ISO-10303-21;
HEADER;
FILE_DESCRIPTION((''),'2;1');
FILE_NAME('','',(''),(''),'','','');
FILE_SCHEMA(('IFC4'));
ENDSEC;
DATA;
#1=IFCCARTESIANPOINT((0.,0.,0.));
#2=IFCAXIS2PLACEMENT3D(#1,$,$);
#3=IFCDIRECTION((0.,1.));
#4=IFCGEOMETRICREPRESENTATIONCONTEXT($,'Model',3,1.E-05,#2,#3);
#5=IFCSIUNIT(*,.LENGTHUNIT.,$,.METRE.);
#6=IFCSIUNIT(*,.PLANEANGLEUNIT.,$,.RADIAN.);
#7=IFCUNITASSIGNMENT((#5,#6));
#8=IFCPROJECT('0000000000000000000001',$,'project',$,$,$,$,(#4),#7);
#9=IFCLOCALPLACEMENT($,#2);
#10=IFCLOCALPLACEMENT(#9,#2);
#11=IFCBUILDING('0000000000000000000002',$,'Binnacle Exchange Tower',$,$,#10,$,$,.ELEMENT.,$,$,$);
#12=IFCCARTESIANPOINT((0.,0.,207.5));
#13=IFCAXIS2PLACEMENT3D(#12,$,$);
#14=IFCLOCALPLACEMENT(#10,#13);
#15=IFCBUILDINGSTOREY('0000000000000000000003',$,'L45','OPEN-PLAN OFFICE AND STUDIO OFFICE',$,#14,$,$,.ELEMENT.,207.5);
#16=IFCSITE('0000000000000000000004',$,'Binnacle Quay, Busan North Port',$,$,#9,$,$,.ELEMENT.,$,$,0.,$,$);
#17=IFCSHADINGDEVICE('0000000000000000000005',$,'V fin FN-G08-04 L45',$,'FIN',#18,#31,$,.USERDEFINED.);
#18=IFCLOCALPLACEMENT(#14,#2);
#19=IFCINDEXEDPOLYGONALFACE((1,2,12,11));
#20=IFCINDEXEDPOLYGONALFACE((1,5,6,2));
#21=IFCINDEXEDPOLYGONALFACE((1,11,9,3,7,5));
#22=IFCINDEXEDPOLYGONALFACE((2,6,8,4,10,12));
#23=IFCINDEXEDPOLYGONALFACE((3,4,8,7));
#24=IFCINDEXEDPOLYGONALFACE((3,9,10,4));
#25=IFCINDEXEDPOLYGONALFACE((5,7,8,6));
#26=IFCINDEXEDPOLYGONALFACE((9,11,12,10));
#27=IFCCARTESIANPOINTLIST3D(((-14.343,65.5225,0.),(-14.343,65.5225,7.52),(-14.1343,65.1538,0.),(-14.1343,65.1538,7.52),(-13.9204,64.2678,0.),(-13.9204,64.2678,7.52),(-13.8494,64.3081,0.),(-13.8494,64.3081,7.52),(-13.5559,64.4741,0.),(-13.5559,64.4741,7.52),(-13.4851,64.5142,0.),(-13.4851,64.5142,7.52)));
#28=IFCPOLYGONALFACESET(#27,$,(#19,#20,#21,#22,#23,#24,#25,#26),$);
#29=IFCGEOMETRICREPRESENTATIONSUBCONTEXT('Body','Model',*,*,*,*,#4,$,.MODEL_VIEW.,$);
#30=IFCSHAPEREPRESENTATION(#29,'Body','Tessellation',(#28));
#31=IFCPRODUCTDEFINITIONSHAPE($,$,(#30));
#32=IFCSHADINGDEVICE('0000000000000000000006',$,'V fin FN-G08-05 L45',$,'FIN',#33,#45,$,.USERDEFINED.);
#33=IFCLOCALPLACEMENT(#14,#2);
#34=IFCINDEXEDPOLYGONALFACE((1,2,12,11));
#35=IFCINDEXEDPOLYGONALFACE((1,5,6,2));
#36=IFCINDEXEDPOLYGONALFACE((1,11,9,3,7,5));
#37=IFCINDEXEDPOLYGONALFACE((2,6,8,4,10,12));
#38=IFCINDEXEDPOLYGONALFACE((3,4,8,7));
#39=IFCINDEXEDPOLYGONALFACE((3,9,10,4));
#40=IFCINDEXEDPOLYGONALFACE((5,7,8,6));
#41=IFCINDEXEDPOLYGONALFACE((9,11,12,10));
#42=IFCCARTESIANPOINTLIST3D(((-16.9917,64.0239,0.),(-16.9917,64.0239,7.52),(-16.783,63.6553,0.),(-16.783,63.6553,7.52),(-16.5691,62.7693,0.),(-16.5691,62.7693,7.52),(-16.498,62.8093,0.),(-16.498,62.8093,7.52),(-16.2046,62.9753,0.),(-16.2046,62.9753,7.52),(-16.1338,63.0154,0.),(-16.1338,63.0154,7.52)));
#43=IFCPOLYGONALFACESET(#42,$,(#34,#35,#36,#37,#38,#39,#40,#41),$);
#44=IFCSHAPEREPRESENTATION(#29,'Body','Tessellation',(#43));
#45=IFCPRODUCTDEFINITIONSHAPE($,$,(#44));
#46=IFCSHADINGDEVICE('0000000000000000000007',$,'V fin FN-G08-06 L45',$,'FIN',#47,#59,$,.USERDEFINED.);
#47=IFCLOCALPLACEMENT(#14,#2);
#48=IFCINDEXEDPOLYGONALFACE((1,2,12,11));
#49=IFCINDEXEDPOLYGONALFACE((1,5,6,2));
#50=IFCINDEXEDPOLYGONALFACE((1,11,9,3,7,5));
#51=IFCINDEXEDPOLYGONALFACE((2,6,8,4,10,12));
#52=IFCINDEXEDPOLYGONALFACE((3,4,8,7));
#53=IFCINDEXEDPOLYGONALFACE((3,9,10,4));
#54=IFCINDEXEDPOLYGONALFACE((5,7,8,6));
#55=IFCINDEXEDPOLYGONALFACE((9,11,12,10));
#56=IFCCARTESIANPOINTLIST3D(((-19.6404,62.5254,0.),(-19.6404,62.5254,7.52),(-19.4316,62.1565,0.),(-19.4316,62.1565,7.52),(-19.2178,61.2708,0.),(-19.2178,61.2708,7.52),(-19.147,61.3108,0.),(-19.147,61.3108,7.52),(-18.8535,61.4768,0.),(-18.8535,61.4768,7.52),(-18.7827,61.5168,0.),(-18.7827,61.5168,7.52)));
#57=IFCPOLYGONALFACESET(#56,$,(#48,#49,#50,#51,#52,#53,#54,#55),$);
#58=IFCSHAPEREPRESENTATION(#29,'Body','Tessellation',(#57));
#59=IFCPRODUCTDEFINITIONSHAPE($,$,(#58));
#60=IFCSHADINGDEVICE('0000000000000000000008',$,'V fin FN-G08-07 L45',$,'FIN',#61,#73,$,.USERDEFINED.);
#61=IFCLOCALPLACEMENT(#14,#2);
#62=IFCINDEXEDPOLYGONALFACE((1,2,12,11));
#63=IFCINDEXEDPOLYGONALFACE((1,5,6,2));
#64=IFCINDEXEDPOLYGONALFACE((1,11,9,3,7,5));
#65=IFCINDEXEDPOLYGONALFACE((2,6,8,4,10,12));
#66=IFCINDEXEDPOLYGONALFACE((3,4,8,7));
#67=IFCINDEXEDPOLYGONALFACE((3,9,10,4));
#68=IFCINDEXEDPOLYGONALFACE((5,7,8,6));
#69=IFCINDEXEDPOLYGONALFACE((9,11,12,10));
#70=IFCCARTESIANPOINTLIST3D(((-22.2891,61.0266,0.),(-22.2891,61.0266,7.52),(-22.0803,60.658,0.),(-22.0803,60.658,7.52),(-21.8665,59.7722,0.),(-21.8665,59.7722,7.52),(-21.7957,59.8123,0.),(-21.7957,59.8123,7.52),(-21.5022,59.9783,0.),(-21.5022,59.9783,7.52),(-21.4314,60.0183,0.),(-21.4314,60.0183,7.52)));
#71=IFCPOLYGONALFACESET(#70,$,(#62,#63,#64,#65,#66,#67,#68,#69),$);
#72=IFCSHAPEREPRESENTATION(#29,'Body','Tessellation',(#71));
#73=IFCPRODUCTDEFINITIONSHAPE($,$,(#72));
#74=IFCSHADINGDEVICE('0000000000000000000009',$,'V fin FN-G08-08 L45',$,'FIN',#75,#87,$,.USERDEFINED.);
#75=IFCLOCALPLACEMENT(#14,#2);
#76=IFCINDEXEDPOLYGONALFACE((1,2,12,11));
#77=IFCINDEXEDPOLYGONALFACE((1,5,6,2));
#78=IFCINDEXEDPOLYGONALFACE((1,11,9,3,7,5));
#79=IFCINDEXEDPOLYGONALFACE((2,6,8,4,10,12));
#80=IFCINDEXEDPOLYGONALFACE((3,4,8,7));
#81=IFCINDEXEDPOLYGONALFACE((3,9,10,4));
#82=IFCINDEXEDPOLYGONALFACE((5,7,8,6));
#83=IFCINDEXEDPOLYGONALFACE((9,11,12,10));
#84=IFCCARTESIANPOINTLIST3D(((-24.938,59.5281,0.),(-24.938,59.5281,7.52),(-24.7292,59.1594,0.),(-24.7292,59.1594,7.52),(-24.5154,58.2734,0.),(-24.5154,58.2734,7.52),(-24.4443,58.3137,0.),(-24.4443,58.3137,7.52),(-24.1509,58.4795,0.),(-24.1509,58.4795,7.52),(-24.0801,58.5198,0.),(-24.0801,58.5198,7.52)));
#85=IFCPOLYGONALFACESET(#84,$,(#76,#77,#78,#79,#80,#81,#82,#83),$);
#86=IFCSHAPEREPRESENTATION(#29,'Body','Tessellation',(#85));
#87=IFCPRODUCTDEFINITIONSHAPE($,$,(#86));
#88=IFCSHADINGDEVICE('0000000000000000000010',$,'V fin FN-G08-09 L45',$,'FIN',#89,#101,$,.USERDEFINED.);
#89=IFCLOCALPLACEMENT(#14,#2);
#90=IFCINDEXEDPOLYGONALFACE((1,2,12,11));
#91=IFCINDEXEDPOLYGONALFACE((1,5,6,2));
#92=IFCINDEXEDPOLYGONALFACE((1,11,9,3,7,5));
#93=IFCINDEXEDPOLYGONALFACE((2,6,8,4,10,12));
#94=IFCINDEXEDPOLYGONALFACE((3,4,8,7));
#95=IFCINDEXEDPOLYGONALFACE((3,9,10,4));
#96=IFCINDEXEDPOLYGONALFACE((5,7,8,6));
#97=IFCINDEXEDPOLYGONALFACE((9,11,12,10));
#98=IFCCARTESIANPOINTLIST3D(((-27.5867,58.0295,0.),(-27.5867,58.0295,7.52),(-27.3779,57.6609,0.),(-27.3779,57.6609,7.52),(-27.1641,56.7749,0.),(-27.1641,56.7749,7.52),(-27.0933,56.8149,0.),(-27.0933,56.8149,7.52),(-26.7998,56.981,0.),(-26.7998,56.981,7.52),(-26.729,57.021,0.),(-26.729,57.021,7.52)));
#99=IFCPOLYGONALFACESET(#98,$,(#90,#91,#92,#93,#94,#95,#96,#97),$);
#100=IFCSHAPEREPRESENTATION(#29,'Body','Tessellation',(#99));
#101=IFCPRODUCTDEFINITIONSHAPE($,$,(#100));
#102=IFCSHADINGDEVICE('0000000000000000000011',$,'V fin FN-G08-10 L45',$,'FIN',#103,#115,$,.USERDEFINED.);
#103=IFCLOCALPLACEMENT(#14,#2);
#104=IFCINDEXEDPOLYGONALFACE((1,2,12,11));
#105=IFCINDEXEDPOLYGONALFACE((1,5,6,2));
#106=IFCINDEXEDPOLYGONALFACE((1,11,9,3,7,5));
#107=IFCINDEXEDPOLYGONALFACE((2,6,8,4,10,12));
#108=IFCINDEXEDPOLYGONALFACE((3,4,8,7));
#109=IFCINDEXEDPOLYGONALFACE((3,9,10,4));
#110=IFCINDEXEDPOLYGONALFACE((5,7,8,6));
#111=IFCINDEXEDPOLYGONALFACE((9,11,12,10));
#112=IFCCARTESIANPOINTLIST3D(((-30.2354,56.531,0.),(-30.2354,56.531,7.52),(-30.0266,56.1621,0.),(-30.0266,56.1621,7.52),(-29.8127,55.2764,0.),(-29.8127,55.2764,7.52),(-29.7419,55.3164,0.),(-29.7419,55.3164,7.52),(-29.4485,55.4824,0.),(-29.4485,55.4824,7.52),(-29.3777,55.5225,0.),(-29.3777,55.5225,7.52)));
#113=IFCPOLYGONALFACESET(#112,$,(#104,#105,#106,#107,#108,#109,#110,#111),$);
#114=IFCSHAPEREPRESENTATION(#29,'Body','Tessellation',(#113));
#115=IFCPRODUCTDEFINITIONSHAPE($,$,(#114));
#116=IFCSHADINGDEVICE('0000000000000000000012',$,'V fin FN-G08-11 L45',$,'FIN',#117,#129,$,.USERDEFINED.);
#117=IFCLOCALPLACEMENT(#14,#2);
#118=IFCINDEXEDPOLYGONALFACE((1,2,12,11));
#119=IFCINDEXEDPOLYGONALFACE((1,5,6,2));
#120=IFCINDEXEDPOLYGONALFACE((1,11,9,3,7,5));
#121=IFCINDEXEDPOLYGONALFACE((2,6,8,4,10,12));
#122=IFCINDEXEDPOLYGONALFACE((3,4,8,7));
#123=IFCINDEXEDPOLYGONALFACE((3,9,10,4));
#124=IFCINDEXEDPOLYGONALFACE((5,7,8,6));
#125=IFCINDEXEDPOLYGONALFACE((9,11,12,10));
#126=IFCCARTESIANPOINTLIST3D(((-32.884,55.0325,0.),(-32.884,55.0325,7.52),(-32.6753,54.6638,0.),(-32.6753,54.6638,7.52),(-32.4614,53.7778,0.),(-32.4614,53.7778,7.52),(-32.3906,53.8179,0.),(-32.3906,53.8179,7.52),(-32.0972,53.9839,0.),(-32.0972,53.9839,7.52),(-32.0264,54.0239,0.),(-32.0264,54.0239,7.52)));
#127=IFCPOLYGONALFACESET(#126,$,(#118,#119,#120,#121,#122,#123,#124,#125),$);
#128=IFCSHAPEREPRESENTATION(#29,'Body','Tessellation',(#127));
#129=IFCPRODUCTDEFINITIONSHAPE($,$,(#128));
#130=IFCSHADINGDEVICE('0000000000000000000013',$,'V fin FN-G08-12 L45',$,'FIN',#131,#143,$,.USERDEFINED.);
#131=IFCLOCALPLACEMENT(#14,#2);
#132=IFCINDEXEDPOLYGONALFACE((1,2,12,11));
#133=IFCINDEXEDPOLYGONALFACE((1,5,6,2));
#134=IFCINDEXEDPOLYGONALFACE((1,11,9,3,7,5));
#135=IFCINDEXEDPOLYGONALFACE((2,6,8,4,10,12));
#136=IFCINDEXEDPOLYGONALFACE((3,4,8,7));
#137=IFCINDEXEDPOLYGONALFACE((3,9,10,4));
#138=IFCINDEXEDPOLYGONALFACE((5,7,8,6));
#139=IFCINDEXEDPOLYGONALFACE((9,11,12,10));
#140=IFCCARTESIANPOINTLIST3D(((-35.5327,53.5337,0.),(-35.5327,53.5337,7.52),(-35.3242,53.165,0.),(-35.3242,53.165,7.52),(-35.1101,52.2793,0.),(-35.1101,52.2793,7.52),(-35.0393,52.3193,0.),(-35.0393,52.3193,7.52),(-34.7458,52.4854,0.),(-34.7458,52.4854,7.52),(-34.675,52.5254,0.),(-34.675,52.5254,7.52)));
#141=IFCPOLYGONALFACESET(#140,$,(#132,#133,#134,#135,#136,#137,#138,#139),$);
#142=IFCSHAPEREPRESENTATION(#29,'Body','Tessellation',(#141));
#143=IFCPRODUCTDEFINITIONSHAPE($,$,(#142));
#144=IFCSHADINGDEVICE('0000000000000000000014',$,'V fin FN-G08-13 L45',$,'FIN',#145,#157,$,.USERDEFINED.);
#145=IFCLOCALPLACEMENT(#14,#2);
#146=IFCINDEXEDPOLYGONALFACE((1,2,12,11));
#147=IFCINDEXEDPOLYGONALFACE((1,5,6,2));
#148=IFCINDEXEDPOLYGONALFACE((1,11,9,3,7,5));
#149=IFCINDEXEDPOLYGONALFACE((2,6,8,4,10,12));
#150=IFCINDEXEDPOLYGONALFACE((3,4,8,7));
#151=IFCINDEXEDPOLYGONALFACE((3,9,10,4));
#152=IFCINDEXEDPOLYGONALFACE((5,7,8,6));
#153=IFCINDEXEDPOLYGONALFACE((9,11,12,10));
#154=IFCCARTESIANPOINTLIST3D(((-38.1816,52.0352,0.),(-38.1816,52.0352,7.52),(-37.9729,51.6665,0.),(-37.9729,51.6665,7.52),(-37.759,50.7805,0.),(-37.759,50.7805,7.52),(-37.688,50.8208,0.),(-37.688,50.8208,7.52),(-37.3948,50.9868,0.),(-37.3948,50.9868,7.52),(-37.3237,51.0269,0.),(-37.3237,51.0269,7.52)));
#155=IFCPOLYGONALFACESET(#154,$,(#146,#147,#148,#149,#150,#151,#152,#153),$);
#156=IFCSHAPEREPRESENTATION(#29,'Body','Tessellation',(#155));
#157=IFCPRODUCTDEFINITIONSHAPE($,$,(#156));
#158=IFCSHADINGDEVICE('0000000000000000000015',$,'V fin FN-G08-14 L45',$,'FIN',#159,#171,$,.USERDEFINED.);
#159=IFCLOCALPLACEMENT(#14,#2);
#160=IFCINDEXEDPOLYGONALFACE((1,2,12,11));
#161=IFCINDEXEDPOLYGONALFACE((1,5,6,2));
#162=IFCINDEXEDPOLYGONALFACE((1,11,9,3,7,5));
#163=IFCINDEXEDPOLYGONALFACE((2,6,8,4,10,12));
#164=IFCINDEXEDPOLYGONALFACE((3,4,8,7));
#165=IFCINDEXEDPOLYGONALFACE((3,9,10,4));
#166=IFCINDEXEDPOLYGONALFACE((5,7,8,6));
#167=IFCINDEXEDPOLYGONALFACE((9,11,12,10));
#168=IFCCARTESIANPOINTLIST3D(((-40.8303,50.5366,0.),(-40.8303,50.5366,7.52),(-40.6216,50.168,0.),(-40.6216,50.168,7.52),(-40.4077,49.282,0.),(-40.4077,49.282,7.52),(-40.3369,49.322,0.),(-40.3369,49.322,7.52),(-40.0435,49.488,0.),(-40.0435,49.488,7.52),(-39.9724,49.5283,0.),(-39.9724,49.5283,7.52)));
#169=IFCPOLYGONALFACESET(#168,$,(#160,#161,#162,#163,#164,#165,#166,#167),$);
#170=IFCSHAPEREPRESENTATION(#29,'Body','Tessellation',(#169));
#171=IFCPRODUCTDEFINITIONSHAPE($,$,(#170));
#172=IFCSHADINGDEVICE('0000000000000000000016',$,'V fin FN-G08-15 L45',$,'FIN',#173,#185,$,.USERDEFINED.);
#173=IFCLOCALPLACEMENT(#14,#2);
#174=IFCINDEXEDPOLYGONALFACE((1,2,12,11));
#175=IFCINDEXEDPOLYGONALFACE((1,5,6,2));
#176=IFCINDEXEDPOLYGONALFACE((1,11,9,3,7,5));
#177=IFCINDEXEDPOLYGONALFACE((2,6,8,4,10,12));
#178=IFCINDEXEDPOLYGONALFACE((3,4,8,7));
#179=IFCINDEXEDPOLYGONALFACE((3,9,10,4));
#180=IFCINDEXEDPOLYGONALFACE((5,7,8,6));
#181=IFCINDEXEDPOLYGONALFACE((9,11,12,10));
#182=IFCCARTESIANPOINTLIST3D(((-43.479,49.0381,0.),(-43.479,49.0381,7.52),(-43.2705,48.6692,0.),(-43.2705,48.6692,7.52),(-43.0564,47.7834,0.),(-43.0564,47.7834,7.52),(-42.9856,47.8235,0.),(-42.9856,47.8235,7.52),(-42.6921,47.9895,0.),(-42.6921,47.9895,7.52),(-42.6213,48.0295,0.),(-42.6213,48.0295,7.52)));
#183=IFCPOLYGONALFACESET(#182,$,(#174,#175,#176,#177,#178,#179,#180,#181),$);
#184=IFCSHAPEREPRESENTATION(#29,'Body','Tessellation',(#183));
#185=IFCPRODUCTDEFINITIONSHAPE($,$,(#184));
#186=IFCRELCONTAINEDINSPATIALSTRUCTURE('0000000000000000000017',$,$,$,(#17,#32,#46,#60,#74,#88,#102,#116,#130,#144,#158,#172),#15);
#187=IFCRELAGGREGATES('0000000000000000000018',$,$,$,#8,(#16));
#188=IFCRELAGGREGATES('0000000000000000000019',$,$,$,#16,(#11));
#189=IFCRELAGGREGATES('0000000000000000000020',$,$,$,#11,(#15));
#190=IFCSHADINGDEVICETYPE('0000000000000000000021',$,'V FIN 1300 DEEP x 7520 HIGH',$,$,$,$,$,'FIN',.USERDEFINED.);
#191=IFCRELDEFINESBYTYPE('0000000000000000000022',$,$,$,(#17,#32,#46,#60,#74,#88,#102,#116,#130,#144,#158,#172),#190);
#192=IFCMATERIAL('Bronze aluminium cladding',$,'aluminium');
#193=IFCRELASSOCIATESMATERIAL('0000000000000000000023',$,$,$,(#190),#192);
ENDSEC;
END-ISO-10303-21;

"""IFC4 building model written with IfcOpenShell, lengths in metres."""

from ifc_helpers import new_model, si_unit, direction, frame, origin, place, context, subcontext, project, spatial, polyline, outline, extrude, material, type_object, element, save


model = new_model("IFC4")

# Units and contexts
model_context = context("Model", 3, precision=1e-05, world=origin(), true_north=direction((0.0, 1.0)))
body_context = subcontext(model_context, "Body", "Model", "MODEL_VIEW")
ifc_project = project(units=[si_unit("LENGTHUNIT", "METRE"), si_unit("PLANEANGLEUNIT", "RADIAN")], contexts=[model_context])

# Site, building, storey
site_placement = place(None, origin())
site = spatial("IfcSite", under=ifc_project, at=site_placement, Name="Binnacle Quay, Busan North Port", CompositionType="ELEMENT", RefElevation=0.0)
building_placement = place(site_placement, origin())
building = spatial("IfcBuilding", under=site, at=building_placement, Name="Binnacle Exchange Tower", CompositionType="ELEMENT")
storey_placement = place(building_placement, frame((0.0, 0.0, 207.5)))
storey = spatial("IfcBuildingStorey", under=building, at=storey_placement, Name="L45", Description="OPEN-PLAN OFFICE AND STUDIO OFFICE", CompositionType="ELEMENT", Elevation=207.5)

# Shading devices
ifc_material_1 = material(Name="Bronze aluminium cladding", Category="aluminium")
shading_device_type = type_object("IfcShadingDeviceType", Name="V FIN 1300 DEEP x 7520 HIGH", ElementType="FIN", PredefinedType="USERDEFINED", material=ifc_material_1)
shading_device_1_placement = place(storey_placement, origin())
element("IfcShadingDevice", 1, at=shading_device_1_placement, inside=storey, type_object=shading_device_type, Name="V fin FN-G08-04 L45", ObjectType="FIN", PredefinedType="USERDEFINED", context=body_context, shape_type="SweptSolid", body=[
    extrude(outline(polyline([(-13.4851, 64.5142), (-14.343, 65.5225), (-13.9204, 64.2678), (-13.8494, 64.3081), (-14.1343, 65.1538), (-13.5559, 64.4741), (-13.4851, 64.5142)])), origin(), (0.0, 0.0, 1.0), 7.52),
])
shading_device_2_placement = place(storey_placement, origin())
element("IfcShadingDevice", 2, at=shading_device_2_placement, inside=storey, type_object=shading_device_type, Name="V fin FN-G08-05 L45", ObjectType="FIN", PredefinedType="USERDEFINED", context=body_context, shape_type="SweptSolid", body=[
    extrude(outline(polyline([(-16.1338, 63.0154), (-16.9917, 64.0239), (-16.5691, 62.7693), (-16.498, 62.8093), (-16.783, 63.6553), (-16.2046, 62.9753), (-16.1338, 63.0154)])), origin(), (0.0, 0.0, 1.0), 7.52),
])
shading_device_3_placement = place(storey_placement, origin())
element("IfcShadingDevice", 3, at=shading_device_3_placement, inside=storey, type_object=shading_device_type, Name="V fin FN-G08-06 L45", ObjectType="FIN", PredefinedType="USERDEFINED", context=body_context, shape_type="SweptSolid", body=[
    extrude(outline(polyline([(-18.7827, 61.5168), (-19.6404, 62.5254), (-19.2178, 61.2708), (-19.147, 61.3108), (-19.4316, 62.1565), (-18.8535, 61.4768), (-18.7827, 61.5168)])), origin(), (0.0, 0.0, 1.0), 7.52),
])
shading_device_4_placement = place(storey_placement, origin())
element("IfcShadingDevice", 4, at=shading_device_4_placement, inside=storey, type_object=shading_device_type, Name="V fin FN-G08-07 L45", ObjectType="FIN", PredefinedType="USERDEFINED", context=body_context, shape_type="SweptSolid", body=[
    extrude(outline(polyline([(-21.4314, 60.0183), (-22.2891, 61.0266), (-21.8665, 59.7722), (-21.7957, 59.8123), (-22.0803, 60.658), (-21.5022, 59.9783), (-21.4314, 60.0183)])), origin(), (0.0, 0.0, 1.0), 7.52),
])
shading_device_5_placement = place(storey_placement, origin())
element("IfcShadingDevice", 5, at=shading_device_5_placement, inside=storey, type_object=shading_device_type, Name="V fin FN-G08-08 L45", ObjectType="FIN", PredefinedType="USERDEFINED", context=body_context, shape_type="SweptSolid", body=[
    extrude(outline(polyline([(-24.0801, 58.5198), (-24.938, 59.5281), (-24.5154, 58.2734), (-24.4443, 58.3137), (-24.7292, 59.1594), (-24.1509, 58.4795), (-24.0801, 58.5198)])), origin(), (0.0, 0.0, 1.0), 7.52),
])
shading_device_6_placement = place(storey_placement, origin())
element("IfcShadingDevice", 6, at=shading_device_6_placement, inside=storey, type_object=shading_device_type, Name="V fin FN-G08-09 L45", ObjectType="FIN", PredefinedType="USERDEFINED", context=body_context, shape_type="SweptSolid", body=[
    extrude(outline(polyline([(-26.729, 57.021), (-27.5867, 58.0295), (-27.1641, 56.7749), (-27.0933, 56.8149), (-27.3779, 57.6609), (-26.7998, 56.981), (-26.729, 57.021)])), origin(), (0.0, 0.0, 1.0), 7.52),
])
shading_device_7_placement = place(storey_placement, origin())
element("IfcShadingDevice", 7, at=shading_device_7_placement, inside=storey, type_object=shading_device_type, Name="V fin FN-G08-10 L45", ObjectType="FIN", PredefinedType="USERDEFINED", context=body_context, shape_type="SweptSolid", body=[
    extrude(outline(polyline([(-29.3777, 55.5225), (-30.2354, 56.531), (-29.8127, 55.2764), (-29.7419, 55.3164), (-30.0266, 56.1621), (-29.4485, 55.4824), (-29.3777, 55.5225)])), origin(), (0.0, 0.0, 1.0), 7.52),
])
shading_device_8_placement = place(storey_placement, origin())
element("IfcShadingDevice", 8, at=shading_device_8_placement, inside=storey, type_object=shading_device_type, Name="V fin FN-G08-11 L45", ObjectType="FIN", PredefinedType="USERDEFINED", context=body_context, shape_type="SweptSolid", body=[
    extrude(outline(polyline([(-32.0264, 54.0239), (-32.884, 55.0325), (-32.4614, 53.7778), (-32.3906, 53.8179), (-32.6753, 54.6638), (-32.0972, 53.9839), (-32.0264, 54.0239)])), origin(), (0.0, 0.0, 1.0), 7.52),
])
shading_device_9_placement = place(storey_placement, origin())
element("IfcShadingDevice", 9, at=shading_device_9_placement, inside=storey, type_object=shading_device_type, Name="V fin FN-G08-12 L45", ObjectType="FIN", PredefinedType="USERDEFINED", context=body_context, shape_type="SweptSolid", body=[
    extrude(outline(polyline([(-34.675, 52.5254), (-35.5327, 53.5337), (-35.1101, 52.2793), (-35.0393, 52.3193), (-35.3242, 53.165), (-34.7458, 52.4854), (-34.675, 52.5254)])), origin(), (0.0, 0.0, 1.0), 7.52),
])
shading_device_10_placement = place(storey_placement, origin())
element("IfcShadingDevice", 10, at=shading_device_10_placement, inside=storey, type_object=shading_device_type, Name="V fin FN-G08-13 L45", ObjectType="FIN", PredefinedType="USERDEFINED", context=body_context, shape_type="SweptSolid", body=[
    extrude(outline(polyline([(-37.3237, 51.0269), (-38.1816, 52.0352), (-37.759, 50.7805), (-37.688, 50.8208), (-37.9729, 51.6665), (-37.3948, 50.9868), (-37.3237, 51.0269)])), origin(), (0.0, 0.0, 1.0), 7.52),
])
shading_device_11_placement = place(storey_placement, origin())
element("IfcShadingDevice", 11, at=shading_device_11_placement, inside=storey, type_object=shading_device_type, Name="V fin FN-G08-14 L45", ObjectType="FIN", PredefinedType="USERDEFINED", context=body_context, shape_type="SweptSolid", body=[
    extrude(outline(polyline([(-39.9724, 49.5283), (-40.8303, 50.5366), (-40.4077, 49.282), (-40.3369, 49.322), (-40.6216, 50.168), (-40.0435, 49.488), (-39.9724, 49.5283)])), origin(), (0.0, 0.0, 1.0), 7.52),
])
shading_device_12_placement = place(storey_placement, origin())
element("IfcShadingDevice", 12, at=shading_device_12_placement, inside=storey, type_object=shading_device_type, Name="V fin FN-G08-15 L45", ObjectType="FIN", PredefinedType="USERDEFINED", context=body_context, shape_type="SweptSolid", body=[
    extrude(outline(polyline([(-42.6213, 48.0295), (-43.479, 49.0381), (-43.0564, 47.7834), (-42.9856, 47.8235), (-43.2705, 48.6692), (-42.6921, 47.9895), (-42.6213, 48.0295)])), origin(), (0.0, 0.0, 1.0), 7.52),
])

save(model, "model.ifc")
